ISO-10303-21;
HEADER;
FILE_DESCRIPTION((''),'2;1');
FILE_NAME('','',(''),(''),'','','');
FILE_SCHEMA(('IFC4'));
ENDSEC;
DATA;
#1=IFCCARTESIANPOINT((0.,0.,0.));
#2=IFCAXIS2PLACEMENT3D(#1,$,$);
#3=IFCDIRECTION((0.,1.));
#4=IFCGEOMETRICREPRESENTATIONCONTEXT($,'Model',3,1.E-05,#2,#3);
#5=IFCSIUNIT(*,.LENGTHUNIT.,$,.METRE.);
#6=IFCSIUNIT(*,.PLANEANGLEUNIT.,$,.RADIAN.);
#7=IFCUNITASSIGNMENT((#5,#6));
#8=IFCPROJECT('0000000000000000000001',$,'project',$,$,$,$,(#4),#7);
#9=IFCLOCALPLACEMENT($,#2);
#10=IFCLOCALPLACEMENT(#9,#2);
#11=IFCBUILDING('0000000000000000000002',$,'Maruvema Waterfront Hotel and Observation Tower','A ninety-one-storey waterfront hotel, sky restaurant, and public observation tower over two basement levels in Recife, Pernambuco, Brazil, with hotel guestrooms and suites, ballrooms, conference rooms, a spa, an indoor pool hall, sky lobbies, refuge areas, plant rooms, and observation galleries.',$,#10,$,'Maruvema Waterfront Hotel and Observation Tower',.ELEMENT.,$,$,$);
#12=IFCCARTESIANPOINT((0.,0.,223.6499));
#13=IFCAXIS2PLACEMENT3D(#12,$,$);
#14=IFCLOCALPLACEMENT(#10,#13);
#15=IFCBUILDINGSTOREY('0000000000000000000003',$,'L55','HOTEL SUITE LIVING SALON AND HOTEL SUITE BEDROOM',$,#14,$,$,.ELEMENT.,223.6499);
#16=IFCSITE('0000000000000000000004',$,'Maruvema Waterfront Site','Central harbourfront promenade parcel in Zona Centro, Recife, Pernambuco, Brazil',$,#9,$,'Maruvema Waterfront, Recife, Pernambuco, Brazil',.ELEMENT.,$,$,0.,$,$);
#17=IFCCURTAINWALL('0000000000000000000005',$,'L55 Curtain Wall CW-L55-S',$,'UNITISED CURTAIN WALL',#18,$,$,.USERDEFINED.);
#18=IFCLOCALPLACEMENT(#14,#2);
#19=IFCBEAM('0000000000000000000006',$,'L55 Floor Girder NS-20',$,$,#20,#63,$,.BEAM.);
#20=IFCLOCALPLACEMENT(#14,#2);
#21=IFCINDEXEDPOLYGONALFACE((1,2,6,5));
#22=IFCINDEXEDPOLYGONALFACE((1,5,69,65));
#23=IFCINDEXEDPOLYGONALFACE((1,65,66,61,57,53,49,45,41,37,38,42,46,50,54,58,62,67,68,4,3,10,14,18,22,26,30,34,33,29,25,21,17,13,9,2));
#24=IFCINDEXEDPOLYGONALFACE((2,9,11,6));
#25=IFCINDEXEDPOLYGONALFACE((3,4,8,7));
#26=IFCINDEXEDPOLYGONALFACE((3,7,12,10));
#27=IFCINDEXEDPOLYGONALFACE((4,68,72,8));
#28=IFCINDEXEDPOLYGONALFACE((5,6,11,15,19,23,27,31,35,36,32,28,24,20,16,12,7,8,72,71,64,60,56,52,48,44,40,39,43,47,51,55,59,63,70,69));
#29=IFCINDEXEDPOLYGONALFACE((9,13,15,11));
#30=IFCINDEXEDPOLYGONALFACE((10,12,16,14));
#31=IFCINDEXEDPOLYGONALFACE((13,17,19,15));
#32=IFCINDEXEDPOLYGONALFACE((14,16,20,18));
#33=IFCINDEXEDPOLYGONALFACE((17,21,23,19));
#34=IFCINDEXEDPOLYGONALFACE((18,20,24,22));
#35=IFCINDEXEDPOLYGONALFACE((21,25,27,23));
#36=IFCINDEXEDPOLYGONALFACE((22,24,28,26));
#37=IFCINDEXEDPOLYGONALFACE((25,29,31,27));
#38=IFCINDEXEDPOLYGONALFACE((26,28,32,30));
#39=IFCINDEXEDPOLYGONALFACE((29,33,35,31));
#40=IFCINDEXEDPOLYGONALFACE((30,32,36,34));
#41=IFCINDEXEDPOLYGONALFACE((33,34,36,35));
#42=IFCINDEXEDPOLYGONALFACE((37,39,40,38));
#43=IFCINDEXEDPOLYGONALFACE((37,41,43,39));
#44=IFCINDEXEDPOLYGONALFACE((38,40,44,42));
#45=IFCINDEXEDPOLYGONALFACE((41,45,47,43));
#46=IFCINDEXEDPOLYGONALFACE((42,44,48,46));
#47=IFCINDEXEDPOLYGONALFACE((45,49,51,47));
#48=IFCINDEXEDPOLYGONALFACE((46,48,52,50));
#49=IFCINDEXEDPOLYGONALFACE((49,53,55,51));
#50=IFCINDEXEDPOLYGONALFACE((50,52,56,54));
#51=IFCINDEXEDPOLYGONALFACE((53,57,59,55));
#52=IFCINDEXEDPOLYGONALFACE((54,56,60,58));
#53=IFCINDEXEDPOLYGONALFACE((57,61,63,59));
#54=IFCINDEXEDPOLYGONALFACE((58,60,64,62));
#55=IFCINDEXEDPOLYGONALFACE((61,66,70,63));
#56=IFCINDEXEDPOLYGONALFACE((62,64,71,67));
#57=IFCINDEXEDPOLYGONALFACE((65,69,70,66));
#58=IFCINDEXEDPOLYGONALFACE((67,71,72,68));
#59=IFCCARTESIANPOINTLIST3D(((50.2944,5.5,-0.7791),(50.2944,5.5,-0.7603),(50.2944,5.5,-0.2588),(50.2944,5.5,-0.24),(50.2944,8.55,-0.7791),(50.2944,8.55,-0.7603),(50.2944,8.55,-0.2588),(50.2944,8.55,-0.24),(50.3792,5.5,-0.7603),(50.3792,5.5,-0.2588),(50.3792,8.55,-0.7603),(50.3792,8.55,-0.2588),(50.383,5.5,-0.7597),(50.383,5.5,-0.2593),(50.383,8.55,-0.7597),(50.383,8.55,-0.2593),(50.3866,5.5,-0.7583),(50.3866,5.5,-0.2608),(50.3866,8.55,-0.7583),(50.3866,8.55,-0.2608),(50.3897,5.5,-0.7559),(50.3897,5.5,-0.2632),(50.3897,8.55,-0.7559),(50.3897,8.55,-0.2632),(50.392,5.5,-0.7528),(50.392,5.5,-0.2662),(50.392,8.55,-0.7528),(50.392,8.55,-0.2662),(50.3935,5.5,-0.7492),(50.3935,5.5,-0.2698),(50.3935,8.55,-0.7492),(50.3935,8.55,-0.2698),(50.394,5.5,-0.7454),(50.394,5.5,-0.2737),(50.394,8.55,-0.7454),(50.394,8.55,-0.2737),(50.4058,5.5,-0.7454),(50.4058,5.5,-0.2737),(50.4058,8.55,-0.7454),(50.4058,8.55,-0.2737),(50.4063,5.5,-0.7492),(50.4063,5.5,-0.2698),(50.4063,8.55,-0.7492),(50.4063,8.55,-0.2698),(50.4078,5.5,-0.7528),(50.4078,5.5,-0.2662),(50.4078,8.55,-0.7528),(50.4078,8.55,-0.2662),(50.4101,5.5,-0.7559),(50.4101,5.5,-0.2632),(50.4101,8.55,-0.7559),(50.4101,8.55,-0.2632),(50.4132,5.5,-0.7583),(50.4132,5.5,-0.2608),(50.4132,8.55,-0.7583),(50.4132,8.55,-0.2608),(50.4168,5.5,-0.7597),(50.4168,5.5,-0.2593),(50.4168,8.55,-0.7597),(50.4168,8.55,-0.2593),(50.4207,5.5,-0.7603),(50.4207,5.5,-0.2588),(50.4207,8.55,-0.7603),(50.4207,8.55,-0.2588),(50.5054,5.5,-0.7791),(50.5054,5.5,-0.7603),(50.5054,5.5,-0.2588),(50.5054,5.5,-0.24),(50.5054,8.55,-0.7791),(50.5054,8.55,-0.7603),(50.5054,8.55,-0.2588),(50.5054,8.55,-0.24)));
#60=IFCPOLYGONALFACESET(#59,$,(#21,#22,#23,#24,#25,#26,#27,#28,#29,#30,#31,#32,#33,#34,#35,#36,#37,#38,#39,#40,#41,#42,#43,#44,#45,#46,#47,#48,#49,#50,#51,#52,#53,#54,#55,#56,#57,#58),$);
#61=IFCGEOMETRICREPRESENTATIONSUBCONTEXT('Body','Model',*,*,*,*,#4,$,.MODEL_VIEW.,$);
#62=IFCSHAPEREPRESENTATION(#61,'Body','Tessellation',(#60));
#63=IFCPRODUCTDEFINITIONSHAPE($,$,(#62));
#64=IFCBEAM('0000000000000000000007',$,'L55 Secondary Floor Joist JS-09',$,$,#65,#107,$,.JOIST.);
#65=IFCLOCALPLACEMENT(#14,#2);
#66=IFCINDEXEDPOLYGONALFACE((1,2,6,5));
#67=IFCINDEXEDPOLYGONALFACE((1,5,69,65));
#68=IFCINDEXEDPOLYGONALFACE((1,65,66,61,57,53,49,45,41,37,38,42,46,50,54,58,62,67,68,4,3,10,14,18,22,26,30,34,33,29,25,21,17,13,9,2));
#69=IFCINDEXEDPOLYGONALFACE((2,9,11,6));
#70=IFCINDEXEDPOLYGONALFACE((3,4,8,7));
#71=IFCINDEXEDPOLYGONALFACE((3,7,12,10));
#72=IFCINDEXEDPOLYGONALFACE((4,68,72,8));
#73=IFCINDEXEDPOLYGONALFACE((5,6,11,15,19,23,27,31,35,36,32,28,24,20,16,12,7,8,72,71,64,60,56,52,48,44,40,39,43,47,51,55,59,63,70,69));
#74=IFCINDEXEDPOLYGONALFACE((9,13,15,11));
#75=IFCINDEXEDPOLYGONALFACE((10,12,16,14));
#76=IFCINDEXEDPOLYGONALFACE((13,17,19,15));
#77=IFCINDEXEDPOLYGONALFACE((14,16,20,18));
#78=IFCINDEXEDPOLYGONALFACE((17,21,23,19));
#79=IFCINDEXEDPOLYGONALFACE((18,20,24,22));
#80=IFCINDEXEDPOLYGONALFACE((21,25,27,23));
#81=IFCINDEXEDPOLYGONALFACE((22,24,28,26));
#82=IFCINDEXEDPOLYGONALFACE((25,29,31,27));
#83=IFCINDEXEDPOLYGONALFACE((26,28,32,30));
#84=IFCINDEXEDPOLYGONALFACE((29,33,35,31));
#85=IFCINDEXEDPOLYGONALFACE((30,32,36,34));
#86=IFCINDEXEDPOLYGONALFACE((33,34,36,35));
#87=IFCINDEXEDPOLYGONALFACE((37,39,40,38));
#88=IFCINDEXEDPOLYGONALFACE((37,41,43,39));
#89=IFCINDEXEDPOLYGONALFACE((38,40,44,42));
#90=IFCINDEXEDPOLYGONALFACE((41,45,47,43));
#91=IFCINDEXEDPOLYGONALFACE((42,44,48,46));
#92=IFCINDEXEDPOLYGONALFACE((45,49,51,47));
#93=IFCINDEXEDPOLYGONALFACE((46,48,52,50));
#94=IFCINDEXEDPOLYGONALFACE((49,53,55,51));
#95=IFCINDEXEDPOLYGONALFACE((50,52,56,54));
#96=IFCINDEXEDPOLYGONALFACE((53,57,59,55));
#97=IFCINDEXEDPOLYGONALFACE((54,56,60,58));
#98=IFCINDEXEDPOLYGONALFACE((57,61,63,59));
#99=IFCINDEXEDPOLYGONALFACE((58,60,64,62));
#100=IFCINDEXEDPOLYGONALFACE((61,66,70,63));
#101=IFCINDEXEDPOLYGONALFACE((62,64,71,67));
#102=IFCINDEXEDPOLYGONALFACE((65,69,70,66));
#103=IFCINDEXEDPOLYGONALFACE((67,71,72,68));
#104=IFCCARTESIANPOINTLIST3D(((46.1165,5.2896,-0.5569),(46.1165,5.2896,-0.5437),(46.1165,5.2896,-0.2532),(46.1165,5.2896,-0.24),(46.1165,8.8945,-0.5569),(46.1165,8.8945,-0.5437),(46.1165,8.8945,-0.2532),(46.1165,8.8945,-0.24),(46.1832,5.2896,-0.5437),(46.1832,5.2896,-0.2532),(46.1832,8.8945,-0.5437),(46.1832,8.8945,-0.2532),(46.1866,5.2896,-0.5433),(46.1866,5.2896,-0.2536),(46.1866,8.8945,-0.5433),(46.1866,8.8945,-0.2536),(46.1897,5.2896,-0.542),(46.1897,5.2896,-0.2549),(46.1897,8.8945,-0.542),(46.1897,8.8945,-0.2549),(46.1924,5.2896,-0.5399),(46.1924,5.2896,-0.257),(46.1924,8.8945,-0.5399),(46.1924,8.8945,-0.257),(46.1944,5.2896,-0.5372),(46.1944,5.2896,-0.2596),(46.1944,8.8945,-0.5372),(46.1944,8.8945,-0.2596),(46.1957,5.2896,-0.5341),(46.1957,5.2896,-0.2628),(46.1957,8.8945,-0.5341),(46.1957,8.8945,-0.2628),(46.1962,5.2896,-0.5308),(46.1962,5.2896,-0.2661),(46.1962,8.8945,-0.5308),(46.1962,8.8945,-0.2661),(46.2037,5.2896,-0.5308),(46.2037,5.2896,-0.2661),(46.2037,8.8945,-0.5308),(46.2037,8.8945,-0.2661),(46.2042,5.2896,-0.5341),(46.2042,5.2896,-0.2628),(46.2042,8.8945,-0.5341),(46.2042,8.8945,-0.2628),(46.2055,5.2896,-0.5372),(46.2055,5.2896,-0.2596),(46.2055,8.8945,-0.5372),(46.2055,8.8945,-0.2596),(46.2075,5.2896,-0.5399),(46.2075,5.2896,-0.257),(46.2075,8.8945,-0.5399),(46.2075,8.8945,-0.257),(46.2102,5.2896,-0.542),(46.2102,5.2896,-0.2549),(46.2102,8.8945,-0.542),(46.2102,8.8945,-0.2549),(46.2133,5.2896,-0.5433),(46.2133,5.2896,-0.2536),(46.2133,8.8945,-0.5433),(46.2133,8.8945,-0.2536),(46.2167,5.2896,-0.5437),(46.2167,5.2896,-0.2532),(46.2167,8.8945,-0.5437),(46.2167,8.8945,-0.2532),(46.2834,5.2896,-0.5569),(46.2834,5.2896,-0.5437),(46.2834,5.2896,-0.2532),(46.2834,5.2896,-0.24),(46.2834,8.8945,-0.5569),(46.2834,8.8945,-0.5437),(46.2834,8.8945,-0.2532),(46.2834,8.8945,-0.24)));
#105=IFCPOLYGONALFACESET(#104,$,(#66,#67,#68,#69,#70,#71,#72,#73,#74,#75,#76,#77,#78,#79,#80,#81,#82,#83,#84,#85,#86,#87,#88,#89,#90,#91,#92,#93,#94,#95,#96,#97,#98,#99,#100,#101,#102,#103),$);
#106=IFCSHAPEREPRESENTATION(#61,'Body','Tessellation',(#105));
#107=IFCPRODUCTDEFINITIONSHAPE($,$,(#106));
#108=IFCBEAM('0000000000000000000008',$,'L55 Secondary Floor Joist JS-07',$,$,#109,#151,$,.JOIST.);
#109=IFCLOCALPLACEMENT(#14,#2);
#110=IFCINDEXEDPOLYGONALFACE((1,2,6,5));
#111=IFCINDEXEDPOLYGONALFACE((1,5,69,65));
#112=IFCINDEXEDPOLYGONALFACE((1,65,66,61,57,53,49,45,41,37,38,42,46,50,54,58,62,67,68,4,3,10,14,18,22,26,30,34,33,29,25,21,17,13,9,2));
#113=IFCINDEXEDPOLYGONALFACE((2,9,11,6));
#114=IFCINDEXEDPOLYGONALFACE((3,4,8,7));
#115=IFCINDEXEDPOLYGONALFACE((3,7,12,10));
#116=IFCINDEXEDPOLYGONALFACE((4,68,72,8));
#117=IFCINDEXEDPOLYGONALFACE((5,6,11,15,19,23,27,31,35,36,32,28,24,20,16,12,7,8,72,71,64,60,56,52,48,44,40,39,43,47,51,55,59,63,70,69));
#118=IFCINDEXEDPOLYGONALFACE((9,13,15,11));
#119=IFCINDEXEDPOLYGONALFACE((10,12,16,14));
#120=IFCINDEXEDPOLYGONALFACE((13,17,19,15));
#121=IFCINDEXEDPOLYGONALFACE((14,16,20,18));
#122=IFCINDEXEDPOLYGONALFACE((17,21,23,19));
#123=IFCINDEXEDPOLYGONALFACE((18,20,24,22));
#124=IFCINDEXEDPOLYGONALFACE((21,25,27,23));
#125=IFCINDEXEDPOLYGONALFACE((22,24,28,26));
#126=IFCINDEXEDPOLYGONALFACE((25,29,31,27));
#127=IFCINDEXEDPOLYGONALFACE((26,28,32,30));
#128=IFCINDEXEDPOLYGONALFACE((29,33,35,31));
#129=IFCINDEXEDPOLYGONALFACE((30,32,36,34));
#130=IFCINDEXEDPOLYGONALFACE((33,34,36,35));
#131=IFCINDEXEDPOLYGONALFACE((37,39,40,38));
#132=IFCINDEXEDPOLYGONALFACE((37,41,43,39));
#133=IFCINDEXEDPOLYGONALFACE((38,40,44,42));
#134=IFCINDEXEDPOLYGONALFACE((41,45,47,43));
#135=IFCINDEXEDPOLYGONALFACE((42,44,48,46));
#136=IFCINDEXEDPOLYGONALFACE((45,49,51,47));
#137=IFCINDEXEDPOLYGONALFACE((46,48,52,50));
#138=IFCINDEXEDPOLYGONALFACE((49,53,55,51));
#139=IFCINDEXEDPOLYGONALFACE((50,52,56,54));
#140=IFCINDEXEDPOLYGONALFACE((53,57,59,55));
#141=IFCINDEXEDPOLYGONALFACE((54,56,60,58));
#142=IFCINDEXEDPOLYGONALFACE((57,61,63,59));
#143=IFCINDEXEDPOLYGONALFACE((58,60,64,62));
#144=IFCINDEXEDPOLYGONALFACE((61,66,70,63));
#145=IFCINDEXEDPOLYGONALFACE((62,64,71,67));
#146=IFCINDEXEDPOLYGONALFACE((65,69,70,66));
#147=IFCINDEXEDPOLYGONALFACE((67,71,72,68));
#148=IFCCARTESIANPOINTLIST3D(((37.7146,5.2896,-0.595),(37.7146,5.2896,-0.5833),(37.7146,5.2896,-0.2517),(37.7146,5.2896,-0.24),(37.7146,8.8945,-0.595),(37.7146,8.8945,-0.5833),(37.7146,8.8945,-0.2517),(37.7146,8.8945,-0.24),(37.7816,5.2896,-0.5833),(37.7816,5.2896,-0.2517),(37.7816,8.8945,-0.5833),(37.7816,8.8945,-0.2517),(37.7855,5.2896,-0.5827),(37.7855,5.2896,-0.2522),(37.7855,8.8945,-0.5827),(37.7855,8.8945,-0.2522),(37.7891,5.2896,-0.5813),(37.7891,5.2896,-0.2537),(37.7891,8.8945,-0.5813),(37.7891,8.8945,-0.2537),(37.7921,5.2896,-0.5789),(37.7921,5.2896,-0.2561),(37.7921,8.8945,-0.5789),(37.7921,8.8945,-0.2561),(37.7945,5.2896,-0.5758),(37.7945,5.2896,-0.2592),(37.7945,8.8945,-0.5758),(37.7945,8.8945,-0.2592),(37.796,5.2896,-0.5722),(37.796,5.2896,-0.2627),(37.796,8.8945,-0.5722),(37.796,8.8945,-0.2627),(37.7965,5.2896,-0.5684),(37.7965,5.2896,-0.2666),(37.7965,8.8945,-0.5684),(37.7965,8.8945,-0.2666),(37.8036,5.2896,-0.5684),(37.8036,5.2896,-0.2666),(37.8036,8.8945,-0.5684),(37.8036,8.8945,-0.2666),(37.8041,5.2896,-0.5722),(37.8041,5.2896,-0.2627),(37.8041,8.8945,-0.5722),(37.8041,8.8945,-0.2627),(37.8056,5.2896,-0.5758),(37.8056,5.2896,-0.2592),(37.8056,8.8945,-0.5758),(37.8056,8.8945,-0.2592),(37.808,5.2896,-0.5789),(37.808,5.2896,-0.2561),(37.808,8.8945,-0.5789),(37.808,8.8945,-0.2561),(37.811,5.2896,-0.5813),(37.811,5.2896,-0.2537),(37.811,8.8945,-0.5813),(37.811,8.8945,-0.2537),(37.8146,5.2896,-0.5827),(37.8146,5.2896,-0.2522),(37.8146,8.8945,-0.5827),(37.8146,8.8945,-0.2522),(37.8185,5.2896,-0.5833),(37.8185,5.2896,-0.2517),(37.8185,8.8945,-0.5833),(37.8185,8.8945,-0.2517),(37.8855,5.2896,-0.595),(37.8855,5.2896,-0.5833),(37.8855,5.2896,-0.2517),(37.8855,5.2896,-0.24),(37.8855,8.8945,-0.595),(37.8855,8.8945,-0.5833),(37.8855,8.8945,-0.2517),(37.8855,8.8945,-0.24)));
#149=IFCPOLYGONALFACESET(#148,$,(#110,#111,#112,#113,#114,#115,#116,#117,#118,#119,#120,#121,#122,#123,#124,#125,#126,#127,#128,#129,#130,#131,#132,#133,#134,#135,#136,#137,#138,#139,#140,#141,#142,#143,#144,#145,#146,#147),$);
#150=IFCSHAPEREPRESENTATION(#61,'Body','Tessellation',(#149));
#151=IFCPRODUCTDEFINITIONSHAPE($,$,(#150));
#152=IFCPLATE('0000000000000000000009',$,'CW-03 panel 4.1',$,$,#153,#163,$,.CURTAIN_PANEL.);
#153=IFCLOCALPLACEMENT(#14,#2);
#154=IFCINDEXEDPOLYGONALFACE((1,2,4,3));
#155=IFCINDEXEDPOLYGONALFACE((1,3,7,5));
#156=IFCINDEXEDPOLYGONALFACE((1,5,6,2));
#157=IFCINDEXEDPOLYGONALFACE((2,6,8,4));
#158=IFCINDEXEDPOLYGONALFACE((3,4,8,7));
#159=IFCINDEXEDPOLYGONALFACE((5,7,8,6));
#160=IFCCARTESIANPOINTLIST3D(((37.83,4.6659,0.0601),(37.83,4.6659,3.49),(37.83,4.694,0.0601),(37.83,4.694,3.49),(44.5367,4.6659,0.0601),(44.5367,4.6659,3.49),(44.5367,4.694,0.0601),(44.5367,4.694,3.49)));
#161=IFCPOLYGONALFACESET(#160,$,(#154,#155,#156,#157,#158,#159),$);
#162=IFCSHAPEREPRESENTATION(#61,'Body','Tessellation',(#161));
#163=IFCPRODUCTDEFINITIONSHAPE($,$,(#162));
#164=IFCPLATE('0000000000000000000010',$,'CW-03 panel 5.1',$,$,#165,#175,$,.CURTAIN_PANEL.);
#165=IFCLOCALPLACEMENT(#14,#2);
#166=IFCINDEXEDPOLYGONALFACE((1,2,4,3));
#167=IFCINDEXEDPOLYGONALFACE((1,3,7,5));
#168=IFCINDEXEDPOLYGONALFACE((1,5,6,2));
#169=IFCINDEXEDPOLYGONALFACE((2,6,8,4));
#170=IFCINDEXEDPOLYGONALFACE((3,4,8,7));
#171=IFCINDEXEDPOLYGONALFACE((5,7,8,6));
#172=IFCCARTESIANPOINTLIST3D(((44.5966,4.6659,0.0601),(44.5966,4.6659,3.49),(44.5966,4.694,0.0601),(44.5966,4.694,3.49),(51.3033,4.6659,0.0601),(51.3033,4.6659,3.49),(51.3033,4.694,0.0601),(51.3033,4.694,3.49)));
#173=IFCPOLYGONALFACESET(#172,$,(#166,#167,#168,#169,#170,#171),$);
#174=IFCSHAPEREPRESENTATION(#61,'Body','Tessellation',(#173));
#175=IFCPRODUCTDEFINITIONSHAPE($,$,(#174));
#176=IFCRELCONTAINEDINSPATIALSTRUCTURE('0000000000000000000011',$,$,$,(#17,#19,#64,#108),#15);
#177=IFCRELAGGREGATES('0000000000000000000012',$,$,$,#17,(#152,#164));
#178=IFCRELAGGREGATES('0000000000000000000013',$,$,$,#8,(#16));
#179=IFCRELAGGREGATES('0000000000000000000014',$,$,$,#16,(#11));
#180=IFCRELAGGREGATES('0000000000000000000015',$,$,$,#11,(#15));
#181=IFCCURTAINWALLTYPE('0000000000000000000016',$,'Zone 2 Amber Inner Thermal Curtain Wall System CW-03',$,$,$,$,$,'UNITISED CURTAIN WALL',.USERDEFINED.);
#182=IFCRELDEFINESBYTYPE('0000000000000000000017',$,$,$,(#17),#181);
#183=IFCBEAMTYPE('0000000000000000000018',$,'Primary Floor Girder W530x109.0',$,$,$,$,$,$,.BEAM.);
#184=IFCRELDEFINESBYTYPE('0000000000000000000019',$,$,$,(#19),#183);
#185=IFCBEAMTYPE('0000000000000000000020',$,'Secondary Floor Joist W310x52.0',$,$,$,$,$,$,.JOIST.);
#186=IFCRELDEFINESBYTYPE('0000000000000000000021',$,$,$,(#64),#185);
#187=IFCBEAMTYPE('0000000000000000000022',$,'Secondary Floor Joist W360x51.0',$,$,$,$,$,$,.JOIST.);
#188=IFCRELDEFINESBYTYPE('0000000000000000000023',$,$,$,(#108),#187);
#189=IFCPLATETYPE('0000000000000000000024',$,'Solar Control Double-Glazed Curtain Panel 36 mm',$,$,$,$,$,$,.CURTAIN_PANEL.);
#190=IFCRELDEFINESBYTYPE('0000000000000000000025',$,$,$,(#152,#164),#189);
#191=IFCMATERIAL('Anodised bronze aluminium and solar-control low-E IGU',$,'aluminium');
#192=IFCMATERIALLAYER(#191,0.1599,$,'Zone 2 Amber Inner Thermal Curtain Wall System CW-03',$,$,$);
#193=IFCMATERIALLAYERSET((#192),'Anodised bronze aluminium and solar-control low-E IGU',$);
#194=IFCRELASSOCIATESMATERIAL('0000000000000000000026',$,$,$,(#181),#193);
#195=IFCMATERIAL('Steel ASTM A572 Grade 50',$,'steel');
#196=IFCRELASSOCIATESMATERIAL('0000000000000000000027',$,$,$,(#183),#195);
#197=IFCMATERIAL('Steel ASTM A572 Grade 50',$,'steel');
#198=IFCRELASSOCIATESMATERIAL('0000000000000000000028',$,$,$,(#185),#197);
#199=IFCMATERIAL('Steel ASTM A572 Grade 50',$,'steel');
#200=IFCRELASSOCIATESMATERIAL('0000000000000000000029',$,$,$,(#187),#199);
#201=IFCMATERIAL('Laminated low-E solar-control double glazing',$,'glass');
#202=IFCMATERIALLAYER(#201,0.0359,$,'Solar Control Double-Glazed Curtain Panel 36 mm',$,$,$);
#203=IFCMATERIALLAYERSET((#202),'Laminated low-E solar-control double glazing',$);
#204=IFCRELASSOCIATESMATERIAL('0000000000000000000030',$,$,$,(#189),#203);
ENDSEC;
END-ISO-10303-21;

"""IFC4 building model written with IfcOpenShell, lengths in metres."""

from ifc_helpers import new_model, si_unit, direction, frame, origin, origin_2d, place, context, subcontext, project, spatial, rectangle, i_section, extrude, material, layer, layer_set, material_profile, profile_set, type_object, element, aggregate, save


model = new_model("IFC4")

# Units and contexts
model_context = context("Model", 3, precision=1e-05, world=origin(), true_north=direction((0.0, 1.0)))
body_context = subcontext(model_context, "Body", "Model", "MODEL_VIEW")
ifc_project = project(units=[si_unit("LENGTHUNIT", "METRE"), si_unit("PLANEANGLEUNIT", "RADIAN")], contexts=[model_context])

# Site, building, storey
site_placement = place(None, origin())
site = spatial("IfcSite", under=ifc_project, at=site_placement, Name="Maruvema Waterfront Site", Description="Central harbourfront promenade parcel in Zona Centro, Recife, Pernambuco, Brazil", LongName="Maruvema Waterfront, Recife, Pernambuco, Brazil", CompositionType="ELEMENT", RefElevation=0.0)
building_placement = place(site_placement, origin())
building = spatial("IfcBuilding", under=site, at=building_placement, Name="Maruvema Waterfront Hotel and Observation Tower", Description="A ninety-one-storey waterfront hotel, sky restaurant, and public observation tower over two basement levels in Recife, Pernambuco, Brazil, with hotel guestrooms and suites, ballrooms, conference rooms, a spa, an indoor pool hall, sky lobbies, refuge areas, plant rooms, and observation galleries.", LongName="Maruvema Waterfront Hotel and Observation Tower", CompositionType="ELEMENT")
storey_placement = place(building_placement, frame((0.0, 0.0, 223.6499)))
storey = spatial("IfcBuildingStorey", under=building, at=storey_placement, Name="L55", Description="HOTEL SUITE LIVING SALON AND HOTEL SUITE BEDROOM", CompositionType="ELEMENT", Elevation=223.6499)

# Curtain wall
ifc_material_1 = material(Name="Anodised bronze aluminium and solar-control low-E IGU", Category="aluminium")
ifc_layer_1 = layer(ifc_material_1, 0.1599, Name="Zone 2 Amber Inner Thermal Curtain Wall System CW-03")
ifc_layer_set_1 = layer_set([ifc_layer_1], Name="Anodised bronze aluminium and solar-control low-E IGU")
curtain_wall_type = type_object("IfcCurtainWallType", Name="Zone 2 Amber Inner Thermal Curtain Wall System CW-03", ElementType="UNITISED CURTAIN WALL", PredefinedType="USERDEFINED", material=ifc_layer_set_1)
curtain_wall_placement = place(storey_placement, origin())
curtain_wall = element("IfcCurtainWall", 1, at=curtain_wall_placement, inside=storey, type_object=curtain_wall_type, Name="L55 Curtain Wall CW-L55-S", ObjectType="UNITISED CURTAIN WALL", PredefinedType="USERDEFINED")

# Beams
ifc_material_2 = material(Name="Steel ASTM A572 Grade 50", Category="steel")
ifc_material_profile_1 = material_profile(ifc_material_2, i_section(OverallWidth=0.2109, OverallDepth=0.5391, WebThickness=0.0117, FlangeThickness=0.0188, FilletRadius=0.0149, at=origin_2d()), Name="W530x109.0")
ifc_profile_set_1 = profile_set([ifc_material_profile_1], Name="Steel ASTM A572 Grade 50")
beam_type_1 = type_object("IfcBeamType", Name="Primary Floor Girder W530x109.0", PredefinedType="BEAM", material=ifc_profile_set_1)
beam_1_placement = place(storey_placement, frame((50.3999, 5.5, -0.5095), z_axis=(0.0, 1.0, 0.0), x_axis=(-1.0, 0.0, 0.0)))
element("IfcBeam", 2, at=beam_1_placement, inside=storey, type_object=beam_type_1, Name="L55 Floor Girder NS-20", PredefinedType="BEAM", context=body_context, shape_type="SweptSolid", body=[
    extrude(i_section(OverallWidth=0.2109, OverallDepth=0.5391, WebThickness=0.0117, FlangeThickness=0.0188, FilletRadius=0.0149, at=origin_2d()), origin(), (0.0, 0.0, 1.0), 3.05),
])
ifc_material_3 = material(Name="Steel ASTM A572 Grade 50", Category="steel")
ifc_material_profile_2 = material_profile(ifc_material_3, i_section(OverallWidth=0.167, OverallDepth=0.3169, WebThickness=0.0076, FlangeThickness=0.0132, FilletRadius=0.0129, at=origin_2d()), Name="W310x52.0")
ifc_profile_set_2 = profile_set([ifc_material_profile_2], Name="Steel ASTM A572 Grade 50")
beam_type_2 = type_object("IfcBeamType", Name="Secondary Floor Joist W310x52.0", PredefinedType="JOIST", material=ifc_profile_set_2)
beam_2_placement = place(storey_placement, frame((46.2, 5.2896, -0.3984), z_axis=(0.0, 1.0, 0.0), x_axis=(-1.0, 0.0, 0.0)))
element("IfcBeam", 3, at=beam_2_placement, inside=storey, type_object=beam_type_2, Name="L55 Secondary Floor Joist JS-09", PredefinedType="JOIST", context=body_context, shape_type="SweptSolid", body=[
    extrude(i_section(OverallWidth=0.167, OverallDepth=0.3169, WebThickness=0.0076, FlangeThickness=0.0132, FilletRadius=0.0129, at=origin_2d()), origin(), (0.0, 0.0, 1.0), 3.605),
])
ifc_material_4 = material(Name="Steel ASTM A572 Grade 50", Category="steel")
ifc_material_profile_3 = material_profile(ifc_material_4, i_section(OverallWidth=0.1709, OverallDepth=0.355, WebThickness=0.0071, FlangeThickness=0.0117, FilletRadius=0.0149, at=origin_2d()), Name="W360x51.0")
ifc_profile_set_3 = profile_set([ifc_material_profile_3], Name="Steel ASTM A572 Grade 50")
beam_type_3 = type_object("IfcBeamType", Name="Secondary Floor Joist W360x51.0", PredefinedType="JOIST", material=ifc_profile_set_3)
beam_3_placement = place(storey_placement, frame((37.8, 5.2896, -0.4175), z_axis=(0.0, 1.0, 0.0), x_axis=(-1.0, 0.0, 0.0)))
element("IfcBeam", 4, at=beam_3_placement, inside=storey, type_object=beam_type_3, Name="L55 Secondary Floor Joist JS-07", PredefinedType="JOIST", context=body_context, shape_type="SweptSolid", body=[
    extrude(i_section(OverallWidth=0.1709, OverallDepth=0.355, WebThickness=0.0071, FlangeThickness=0.0117, FilletRadius=0.0149, at=origin_2d()), origin(), (0.0, 0.0, 1.0), 3.605),
])

# Plates
ifc_material_5 = material(Name="Laminated low-E solar-control double glazing", Category="glass")
ifc_layer_2 = layer(ifc_material_5, 0.0359, Name="Solar Control Double-Glazed Curtain Panel 36 mm")
ifc_layer_set_2 = layer_set([ifc_layer_2], Name="Laminated low-E solar-control double glazing")
plate_type = type_object("IfcPlateType", Name="Solar Control Double-Glazed Curtain Panel 36 mm", PredefinedType="CURTAIN_PANEL", material=ifc_layer_set_2)
plate_1_placement = place(storey_placement, frame((41.1833, 4.6799, 0.0601), z_axis=(0.0, 0.0, 1.0), x_axis=(1.0, 0.0, 0.0)))
plate_1 = element("IfcPlate", 5, at=plate_1_placement, type_object=plate_type, Name="CW-03 panel 4.1", PredefinedType="CURTAIN_PANEL", context=body_context, shape_type="SweptSolid", body=[
    extrude(rectangle(XDim=6.7068, YDim=0.0281, at=origin_2d()), origin(), (0.0, 0.0, 1.0), 3.4299),
])
plate_2_placement = place(storey_placement, frame((47.95, 4.6799, 0.0601), z_axis=(0.0, 0.0, 1.0), x_axis=(1.0, 0.0, 0.0)))
plate_2 = element("IfcPlate", 6, at=plate_2_placement, type_object=plate_type, Name="CW-03 panel 5.1", PredefinedType="CURTAIN_PANEL", context=body_context, shape_type="SweptSolid", body=[
    extrude(rectangle(XDim=6.7068, YDim=0.0281, at=origin_2d()), origin(), (0.0, 0.0, 1.0), 3.4299),
])
aggregate(curtain_wall, [plate_1, plate_2])

save(model, "model.ifc")
